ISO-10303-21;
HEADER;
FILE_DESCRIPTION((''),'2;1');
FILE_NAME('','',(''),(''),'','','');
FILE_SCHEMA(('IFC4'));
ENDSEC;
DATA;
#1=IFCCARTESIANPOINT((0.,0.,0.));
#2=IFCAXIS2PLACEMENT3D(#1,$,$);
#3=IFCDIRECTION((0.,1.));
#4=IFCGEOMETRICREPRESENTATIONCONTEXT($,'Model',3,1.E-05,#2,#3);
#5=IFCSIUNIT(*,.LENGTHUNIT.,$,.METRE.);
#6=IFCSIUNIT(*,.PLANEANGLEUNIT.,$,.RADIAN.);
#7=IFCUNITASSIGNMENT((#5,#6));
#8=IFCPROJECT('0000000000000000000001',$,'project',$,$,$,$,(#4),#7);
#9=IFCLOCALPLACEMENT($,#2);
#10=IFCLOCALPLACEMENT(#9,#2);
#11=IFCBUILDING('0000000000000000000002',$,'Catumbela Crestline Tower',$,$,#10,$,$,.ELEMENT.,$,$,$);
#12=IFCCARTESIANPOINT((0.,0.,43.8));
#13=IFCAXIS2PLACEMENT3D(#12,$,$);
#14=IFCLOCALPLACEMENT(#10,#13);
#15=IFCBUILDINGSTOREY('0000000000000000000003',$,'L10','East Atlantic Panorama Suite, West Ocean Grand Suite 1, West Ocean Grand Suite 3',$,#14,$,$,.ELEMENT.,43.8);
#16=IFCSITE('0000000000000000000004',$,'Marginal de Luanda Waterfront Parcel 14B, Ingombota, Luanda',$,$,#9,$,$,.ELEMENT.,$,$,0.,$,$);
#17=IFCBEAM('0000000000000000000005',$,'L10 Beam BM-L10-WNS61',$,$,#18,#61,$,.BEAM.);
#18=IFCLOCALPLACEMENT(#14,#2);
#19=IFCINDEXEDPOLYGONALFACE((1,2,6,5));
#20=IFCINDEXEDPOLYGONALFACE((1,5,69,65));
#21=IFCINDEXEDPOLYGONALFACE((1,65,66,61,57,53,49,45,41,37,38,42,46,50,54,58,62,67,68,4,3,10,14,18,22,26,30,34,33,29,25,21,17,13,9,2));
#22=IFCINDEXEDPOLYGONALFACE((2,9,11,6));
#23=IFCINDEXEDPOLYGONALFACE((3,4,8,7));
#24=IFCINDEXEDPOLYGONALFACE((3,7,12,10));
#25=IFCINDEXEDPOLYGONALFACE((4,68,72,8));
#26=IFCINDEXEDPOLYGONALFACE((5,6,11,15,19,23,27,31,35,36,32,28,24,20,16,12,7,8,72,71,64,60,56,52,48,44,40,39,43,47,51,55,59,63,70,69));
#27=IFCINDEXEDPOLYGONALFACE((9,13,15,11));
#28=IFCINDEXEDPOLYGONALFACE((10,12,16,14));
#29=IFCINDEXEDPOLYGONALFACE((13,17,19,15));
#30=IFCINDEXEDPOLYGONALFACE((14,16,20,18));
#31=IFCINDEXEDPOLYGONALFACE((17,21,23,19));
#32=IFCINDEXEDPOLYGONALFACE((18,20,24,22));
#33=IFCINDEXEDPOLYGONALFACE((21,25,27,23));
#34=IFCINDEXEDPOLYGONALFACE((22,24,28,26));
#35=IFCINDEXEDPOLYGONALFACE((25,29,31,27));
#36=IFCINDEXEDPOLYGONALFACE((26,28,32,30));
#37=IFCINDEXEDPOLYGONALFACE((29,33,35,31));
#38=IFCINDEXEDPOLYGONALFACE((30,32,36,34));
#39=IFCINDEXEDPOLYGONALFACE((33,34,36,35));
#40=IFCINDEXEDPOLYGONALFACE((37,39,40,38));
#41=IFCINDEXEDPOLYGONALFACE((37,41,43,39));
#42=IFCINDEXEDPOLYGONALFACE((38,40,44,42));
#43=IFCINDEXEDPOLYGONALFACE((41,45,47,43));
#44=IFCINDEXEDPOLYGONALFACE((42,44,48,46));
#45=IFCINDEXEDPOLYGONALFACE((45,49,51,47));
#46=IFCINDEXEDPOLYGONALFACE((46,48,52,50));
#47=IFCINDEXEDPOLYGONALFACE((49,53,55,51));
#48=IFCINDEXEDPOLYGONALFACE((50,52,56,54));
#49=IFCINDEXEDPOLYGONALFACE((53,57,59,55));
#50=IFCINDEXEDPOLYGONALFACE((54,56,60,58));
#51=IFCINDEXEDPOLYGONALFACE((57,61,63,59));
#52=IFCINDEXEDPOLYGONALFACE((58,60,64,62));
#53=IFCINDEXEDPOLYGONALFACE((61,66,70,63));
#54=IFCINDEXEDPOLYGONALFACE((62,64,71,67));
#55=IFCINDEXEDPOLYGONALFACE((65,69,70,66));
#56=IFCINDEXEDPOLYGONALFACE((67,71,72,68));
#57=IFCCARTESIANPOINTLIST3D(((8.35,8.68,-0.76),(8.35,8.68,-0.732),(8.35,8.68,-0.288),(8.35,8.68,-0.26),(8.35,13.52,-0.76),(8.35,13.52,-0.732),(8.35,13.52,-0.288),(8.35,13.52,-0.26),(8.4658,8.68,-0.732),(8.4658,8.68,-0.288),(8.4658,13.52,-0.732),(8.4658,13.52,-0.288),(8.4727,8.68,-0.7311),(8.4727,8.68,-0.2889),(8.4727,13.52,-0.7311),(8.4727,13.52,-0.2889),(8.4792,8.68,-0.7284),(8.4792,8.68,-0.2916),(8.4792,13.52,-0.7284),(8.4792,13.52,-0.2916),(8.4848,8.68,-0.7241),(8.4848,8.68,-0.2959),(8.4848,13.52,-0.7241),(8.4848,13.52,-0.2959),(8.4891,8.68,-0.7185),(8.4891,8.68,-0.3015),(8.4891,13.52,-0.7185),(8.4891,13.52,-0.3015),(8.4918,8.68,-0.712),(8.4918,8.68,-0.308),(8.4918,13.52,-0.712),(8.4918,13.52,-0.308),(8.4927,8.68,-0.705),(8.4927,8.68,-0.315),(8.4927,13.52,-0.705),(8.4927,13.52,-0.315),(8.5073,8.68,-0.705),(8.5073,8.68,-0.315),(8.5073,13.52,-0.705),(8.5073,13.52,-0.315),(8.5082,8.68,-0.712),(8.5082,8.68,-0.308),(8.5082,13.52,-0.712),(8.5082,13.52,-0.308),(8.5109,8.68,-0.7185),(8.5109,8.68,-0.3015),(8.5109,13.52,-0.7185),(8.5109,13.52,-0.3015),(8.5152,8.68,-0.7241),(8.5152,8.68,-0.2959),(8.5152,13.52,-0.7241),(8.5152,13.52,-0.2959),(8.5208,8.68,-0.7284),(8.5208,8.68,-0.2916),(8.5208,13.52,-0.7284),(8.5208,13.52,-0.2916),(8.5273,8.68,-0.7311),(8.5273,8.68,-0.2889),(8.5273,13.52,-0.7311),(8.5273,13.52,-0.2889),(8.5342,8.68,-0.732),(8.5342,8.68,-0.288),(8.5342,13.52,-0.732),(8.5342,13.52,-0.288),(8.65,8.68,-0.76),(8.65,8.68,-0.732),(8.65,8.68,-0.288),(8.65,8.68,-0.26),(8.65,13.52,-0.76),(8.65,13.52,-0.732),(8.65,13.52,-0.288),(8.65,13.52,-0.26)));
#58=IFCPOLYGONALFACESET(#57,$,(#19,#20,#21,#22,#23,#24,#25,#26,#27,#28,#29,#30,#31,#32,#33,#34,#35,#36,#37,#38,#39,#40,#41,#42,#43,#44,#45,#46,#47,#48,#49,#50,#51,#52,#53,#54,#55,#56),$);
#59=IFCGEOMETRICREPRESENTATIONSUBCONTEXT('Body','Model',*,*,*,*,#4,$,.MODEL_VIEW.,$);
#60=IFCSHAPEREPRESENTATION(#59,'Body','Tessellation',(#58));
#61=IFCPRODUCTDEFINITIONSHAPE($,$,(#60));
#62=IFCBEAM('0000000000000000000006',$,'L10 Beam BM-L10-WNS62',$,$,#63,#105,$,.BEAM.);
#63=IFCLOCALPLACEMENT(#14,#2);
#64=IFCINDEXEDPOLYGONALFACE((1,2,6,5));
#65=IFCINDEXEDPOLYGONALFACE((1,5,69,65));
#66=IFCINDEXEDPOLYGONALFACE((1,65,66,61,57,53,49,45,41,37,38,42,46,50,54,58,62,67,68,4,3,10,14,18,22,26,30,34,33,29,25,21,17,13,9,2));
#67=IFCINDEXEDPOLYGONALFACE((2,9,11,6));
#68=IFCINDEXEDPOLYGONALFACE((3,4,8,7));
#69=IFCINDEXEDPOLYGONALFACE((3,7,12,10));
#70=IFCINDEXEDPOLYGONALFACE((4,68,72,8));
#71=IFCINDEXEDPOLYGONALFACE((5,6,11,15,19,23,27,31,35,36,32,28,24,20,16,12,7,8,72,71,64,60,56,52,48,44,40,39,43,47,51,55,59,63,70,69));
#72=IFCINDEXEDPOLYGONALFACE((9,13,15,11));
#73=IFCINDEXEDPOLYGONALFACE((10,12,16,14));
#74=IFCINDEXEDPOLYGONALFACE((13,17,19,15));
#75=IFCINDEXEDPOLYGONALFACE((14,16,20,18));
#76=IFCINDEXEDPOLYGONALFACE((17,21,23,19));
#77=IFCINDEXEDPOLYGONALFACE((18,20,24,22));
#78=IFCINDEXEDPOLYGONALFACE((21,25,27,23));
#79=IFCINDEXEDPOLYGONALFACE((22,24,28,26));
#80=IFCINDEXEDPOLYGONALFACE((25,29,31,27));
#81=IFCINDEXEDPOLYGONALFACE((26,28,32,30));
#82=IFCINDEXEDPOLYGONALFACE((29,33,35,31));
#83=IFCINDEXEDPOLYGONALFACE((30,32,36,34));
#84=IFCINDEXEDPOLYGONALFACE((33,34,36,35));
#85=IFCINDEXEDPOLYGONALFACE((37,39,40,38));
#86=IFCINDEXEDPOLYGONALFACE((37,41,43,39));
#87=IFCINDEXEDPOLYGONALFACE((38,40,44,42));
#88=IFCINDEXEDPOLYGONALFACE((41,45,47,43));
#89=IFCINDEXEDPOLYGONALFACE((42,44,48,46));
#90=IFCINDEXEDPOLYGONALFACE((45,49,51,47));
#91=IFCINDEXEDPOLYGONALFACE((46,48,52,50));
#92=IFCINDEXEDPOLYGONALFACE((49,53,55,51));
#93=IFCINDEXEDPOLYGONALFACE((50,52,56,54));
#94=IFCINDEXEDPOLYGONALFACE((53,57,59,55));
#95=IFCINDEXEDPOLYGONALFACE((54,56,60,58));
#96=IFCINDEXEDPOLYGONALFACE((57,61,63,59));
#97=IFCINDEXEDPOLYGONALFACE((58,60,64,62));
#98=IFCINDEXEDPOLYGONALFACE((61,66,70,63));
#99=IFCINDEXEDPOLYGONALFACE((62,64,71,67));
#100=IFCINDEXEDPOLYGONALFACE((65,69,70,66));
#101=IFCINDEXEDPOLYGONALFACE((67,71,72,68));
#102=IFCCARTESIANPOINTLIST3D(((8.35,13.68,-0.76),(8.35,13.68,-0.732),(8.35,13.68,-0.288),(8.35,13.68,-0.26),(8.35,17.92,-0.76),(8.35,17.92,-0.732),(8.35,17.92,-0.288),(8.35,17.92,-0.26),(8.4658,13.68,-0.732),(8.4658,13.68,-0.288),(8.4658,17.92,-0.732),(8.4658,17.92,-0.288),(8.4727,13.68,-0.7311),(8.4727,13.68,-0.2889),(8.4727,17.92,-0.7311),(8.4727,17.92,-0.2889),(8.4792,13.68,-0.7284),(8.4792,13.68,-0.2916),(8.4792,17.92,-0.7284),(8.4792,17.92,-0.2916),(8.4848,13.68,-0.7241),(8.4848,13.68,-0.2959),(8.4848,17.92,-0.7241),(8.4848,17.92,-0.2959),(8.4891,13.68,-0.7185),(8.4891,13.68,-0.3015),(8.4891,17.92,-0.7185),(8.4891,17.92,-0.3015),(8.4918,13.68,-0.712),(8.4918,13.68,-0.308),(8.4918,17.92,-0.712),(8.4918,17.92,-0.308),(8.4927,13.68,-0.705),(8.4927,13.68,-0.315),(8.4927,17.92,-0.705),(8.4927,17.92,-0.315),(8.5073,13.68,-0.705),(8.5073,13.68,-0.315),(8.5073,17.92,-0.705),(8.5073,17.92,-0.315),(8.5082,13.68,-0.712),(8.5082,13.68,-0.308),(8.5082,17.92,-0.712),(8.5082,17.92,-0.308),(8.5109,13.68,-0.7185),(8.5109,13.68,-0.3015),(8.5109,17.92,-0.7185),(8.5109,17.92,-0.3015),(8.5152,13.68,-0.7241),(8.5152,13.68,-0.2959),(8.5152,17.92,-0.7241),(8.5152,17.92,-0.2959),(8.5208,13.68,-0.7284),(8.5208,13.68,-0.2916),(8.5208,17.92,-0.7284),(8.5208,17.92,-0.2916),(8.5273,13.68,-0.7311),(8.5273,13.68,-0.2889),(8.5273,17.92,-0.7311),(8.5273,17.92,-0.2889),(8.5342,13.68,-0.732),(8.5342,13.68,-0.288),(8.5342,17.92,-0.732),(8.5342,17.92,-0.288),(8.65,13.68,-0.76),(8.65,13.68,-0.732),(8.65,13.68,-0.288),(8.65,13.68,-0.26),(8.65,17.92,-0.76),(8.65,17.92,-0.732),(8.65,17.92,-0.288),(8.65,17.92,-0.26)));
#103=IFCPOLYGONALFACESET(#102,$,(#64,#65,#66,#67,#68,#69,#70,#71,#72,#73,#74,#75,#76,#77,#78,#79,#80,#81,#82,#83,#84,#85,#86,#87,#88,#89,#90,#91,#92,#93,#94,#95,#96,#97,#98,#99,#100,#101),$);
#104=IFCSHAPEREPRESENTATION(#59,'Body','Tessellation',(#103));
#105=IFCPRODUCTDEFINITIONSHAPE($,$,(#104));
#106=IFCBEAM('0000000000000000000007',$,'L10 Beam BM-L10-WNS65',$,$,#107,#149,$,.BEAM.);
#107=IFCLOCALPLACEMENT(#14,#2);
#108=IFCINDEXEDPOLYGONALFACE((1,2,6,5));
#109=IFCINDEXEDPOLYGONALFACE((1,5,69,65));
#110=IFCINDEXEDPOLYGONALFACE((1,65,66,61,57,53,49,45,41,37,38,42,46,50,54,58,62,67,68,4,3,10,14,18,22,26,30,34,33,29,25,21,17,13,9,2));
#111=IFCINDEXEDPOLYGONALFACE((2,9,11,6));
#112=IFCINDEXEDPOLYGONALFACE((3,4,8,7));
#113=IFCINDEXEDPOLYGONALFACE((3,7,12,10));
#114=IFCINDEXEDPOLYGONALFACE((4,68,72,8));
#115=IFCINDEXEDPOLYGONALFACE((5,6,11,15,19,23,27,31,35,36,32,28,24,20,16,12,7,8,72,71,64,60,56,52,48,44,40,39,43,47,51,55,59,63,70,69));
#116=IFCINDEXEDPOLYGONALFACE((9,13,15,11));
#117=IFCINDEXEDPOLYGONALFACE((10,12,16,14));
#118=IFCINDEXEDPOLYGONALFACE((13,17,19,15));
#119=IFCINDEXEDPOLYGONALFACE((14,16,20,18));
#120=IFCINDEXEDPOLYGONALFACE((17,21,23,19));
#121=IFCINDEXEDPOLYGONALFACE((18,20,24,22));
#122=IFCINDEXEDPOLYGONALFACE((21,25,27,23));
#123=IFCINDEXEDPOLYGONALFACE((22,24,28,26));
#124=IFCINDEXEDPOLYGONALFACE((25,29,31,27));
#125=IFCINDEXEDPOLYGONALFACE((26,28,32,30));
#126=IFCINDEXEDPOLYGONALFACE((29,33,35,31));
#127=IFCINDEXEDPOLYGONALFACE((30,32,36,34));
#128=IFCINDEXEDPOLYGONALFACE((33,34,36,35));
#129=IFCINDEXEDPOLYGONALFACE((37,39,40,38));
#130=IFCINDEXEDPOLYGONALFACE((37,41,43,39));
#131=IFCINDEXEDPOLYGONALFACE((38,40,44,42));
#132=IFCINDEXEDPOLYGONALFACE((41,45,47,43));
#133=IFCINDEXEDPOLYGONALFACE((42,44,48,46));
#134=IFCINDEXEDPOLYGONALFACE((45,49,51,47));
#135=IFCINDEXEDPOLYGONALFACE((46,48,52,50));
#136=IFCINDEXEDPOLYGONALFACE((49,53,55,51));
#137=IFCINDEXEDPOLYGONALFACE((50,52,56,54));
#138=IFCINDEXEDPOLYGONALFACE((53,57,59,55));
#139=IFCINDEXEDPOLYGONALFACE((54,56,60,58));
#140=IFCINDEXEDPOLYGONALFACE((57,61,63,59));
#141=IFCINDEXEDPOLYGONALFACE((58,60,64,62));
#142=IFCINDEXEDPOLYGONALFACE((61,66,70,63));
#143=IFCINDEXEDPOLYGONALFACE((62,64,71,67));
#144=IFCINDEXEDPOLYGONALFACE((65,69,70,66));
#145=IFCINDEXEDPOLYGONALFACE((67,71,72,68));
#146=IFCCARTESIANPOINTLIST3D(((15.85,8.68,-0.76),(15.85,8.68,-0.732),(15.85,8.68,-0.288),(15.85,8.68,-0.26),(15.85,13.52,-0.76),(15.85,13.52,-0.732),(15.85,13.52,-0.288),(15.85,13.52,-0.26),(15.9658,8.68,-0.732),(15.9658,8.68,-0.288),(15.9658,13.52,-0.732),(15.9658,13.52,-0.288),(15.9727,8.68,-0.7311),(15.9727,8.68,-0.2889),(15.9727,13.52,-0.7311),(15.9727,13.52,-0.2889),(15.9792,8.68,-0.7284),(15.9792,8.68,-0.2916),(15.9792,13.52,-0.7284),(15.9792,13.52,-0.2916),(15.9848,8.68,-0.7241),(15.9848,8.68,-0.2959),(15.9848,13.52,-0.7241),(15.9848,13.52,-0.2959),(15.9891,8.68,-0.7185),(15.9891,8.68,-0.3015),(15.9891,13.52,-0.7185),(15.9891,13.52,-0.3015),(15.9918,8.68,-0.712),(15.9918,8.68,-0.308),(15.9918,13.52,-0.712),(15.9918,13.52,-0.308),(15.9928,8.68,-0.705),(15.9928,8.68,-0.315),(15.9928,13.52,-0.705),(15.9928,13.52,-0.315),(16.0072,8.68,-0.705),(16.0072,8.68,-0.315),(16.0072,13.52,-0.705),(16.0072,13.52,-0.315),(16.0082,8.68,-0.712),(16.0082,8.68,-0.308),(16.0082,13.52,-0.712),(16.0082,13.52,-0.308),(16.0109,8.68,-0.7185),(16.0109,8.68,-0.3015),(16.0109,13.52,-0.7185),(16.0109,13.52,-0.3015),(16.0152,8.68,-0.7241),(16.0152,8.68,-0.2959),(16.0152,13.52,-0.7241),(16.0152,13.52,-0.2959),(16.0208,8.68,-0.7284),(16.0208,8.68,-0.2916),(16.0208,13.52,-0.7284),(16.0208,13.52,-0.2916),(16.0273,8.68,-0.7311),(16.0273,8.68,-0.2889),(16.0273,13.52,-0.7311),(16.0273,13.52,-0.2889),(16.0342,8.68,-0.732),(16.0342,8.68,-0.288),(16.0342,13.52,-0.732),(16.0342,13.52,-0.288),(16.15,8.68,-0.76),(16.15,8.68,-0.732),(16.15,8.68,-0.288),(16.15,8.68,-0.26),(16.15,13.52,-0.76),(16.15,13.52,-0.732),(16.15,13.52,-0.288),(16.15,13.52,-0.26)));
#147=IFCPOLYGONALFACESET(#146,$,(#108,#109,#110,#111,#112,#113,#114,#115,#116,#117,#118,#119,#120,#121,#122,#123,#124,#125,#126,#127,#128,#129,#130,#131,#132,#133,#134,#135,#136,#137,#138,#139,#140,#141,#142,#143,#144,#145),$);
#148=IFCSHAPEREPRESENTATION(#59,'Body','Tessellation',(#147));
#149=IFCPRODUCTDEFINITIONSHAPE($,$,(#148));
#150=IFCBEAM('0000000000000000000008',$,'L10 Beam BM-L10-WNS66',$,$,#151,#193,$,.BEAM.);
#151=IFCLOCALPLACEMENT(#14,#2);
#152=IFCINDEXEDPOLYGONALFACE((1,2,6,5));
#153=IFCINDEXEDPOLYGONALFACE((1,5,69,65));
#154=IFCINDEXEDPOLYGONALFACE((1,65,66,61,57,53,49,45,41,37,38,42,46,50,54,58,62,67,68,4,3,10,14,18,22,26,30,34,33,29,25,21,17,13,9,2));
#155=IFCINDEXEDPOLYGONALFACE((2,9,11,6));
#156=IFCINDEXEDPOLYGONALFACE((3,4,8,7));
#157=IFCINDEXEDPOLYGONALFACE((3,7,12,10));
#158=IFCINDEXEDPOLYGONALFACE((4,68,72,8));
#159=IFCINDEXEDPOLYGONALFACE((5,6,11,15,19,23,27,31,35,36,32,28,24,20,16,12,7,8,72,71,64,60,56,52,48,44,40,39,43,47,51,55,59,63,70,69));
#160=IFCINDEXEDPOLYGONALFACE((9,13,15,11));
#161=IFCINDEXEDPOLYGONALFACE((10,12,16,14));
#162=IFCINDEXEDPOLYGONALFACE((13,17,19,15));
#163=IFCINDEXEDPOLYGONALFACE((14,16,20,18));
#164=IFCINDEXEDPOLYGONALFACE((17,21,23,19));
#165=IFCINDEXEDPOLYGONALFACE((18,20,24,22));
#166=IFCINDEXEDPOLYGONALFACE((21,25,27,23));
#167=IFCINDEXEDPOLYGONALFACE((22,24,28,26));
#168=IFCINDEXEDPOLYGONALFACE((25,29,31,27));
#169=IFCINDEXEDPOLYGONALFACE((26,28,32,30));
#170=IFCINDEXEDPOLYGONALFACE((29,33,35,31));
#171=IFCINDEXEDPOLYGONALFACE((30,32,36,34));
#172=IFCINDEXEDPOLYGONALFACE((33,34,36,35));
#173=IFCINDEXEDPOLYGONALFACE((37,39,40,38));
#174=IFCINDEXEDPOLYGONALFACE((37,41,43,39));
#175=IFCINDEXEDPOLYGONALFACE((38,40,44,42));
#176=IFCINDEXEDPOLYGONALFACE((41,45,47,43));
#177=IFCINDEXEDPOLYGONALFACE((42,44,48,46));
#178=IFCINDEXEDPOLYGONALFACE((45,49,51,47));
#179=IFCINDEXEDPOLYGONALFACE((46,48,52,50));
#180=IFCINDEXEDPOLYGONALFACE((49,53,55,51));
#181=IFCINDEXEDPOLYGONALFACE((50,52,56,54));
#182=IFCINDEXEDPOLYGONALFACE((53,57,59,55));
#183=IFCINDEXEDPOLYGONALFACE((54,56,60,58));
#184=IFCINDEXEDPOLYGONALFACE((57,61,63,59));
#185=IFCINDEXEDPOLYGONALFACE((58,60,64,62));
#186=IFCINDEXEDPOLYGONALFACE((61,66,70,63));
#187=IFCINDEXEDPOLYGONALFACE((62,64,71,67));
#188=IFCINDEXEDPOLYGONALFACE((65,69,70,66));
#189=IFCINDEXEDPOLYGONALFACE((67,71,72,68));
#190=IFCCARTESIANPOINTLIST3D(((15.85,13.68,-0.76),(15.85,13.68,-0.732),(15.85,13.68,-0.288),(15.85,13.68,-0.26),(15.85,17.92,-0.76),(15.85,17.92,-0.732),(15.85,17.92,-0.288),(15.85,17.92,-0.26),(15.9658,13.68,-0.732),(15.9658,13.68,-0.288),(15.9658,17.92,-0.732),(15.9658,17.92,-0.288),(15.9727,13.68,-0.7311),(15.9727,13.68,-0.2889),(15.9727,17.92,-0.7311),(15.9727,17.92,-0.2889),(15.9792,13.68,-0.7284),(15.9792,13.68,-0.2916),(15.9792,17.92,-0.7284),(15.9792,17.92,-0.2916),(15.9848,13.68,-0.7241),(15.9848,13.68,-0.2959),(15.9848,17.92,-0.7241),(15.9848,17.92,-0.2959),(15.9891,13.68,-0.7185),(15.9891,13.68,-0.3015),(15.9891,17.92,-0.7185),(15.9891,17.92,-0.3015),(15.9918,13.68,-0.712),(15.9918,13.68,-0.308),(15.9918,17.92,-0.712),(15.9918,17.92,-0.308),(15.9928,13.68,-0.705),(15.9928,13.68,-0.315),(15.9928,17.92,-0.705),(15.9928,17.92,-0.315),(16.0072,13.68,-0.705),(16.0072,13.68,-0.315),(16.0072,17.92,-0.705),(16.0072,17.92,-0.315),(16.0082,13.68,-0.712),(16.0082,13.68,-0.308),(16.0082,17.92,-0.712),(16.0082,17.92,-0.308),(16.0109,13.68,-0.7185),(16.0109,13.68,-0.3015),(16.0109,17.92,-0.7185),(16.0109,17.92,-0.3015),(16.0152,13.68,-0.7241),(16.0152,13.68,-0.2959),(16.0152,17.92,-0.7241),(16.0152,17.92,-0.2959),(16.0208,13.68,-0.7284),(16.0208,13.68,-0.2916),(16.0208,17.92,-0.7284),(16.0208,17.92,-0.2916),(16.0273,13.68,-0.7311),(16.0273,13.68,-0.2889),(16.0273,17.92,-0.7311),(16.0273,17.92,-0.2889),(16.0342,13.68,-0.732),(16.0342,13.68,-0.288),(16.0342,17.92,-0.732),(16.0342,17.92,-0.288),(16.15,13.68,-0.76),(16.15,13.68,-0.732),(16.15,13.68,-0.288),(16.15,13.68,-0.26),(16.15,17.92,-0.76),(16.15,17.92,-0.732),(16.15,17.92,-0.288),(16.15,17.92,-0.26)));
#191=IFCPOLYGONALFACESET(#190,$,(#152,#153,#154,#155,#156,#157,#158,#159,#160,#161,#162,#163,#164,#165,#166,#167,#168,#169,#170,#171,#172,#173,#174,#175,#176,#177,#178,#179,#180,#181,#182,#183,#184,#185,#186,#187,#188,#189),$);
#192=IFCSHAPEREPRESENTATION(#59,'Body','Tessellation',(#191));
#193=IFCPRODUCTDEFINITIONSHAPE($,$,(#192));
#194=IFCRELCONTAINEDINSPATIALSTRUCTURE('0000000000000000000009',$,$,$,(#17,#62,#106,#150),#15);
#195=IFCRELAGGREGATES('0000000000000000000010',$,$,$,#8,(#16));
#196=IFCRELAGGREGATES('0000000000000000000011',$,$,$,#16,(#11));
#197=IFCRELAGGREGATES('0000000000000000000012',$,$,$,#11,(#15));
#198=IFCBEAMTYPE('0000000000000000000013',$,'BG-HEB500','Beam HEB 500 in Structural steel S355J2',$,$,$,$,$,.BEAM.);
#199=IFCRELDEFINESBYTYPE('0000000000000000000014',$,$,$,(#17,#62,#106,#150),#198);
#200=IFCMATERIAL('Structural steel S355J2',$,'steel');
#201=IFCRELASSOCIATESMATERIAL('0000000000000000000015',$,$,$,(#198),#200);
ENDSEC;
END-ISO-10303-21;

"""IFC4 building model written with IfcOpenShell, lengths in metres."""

from ifc_helpers import new_model, si_unit, direction, frame, origin, origin_2d, place, context, subcontext, project, spatial, i_section, extrude, material, material_profile, profile_set, type_object, element, save


model = new_model("IFC4")

# Units and contexts
model_context = context("Model", 3, precision=1e-05, world=origin(), true_north=direction((0.0, 1.0)))
body_context = subcontext(model_context, "Body", "Model", "MODEL_VIEW")
ifc_project = project(units=[si_unit("LENGTHUNIT", "METRE"), si_unit("PLANEANGLEUNIT", "RADIAN")], contexts=[model_context])

# Site, building, storey
site_placement = place(None, origin())
site = spatial("IfcSite", under=ifc_project, at=site_placement, Name="Marginal de Luanda Waterfront Parcel 14B, Ingombota, Luanda", CompositionType="ELEMENT", RefElevation=0.0)
building_placement = place(site_placement, origin())
building = spatial("IfcBuilding", under=site, at=building_placement, Name="Catumbela Crestline Tower", CompositionType="ELEMENT")
storey_placement = place(building_placement, frame((0.0, 0.0, 43.8)))
storey = spatial("IfcBuildingStorey", under=building, at=storey_placement, Name="L10", Description="East Atlantic Panorama Suite, West Ocean Grand Suite 1, West Ocean Grand Suite 3", CompositionType="ELEMENT", Elevation=43.8)

# Beams
ifc_material_1 = material(Name="Structural steel S355J2", Category="steel")
ifc_material_profile_1 = material_profile(ifc_material_1, i_section(OverallWidth=0.3, OverallDepth=0.5, WebThickness=0.0145, FlangeThickness=0.028, FilletRadius=0.027, at=origin_2d()), Name="HEB 500")
ifc_profile_set_1 = profile_set([ifc_material_profile_1], Name="Structural steel S355J2")
beam_type_1 = type_object("IfcBeamType", Name="BG-HEB500", Description="Beam HEB 500 in Structural steel S355J2", PredefinedType="BEAM", material=ifc_profile_set_1)
beam_1_placement = place(storey_placement, frame((8.5, 8.68, -0.51), z_axis=(0.0, 1.0, 0.0), x_axis=(-1.0, 0.0, 0.0)))
element("IfcBeam", 1, at=beam_1_placement, inside=storey, type_object=beam_type_1, Name="L10 Beam BM-L10-WNS61", PredefinedType="BEAM", context=body_context, shape_type="SweptSolid", body=[
    extrude(i_section(OverallWidth=0.3, OverallDepth=0.5, WebThickness=0.0145, FlangeThickness=0.028, FilletRadius=0.027, at=origin_2d()), origin(), (0.0, 0.0, 1.0), 4.84),
])
beam_2_placement = place(storey_placement, frame((8.5, 13.68, -0.51), z_axis=(0.0, 1.0, 0.0), x_axis=(-1.0, 0.0, 0.0)))
element("IfcBeam", 2, at=beam_2_placement, inside=storey, type_object=beam_type_1, Name="L10 Beam BM-L10-WNS62", PredefinedType="BEAM", context=body_context, shape_type="SweptSolid", body=[
    extrude(i_section(OverallWidth=0.3, OverallDepth=0.5, WebThickness=0.0145, FlangeThickness=0.028, FilletRadius=0.027, at=origin_2d()), origin(), (0.0, 0.0, 1.0), 4.24),
])
beam_3_placement = place(storey_placement, frame((16.0, 8.68, -0.51), z_axis=(0.0, 1.0, 0.0), x_axis=(-1.0, 0.0, 0.0)))
element("IfcBeam", 3, at=beam_3_placement, inside=storey, type_object=beam_type_1, Name="L10 Beam BM-L10-WNS65", PredefinedType="BEAM", context=body_context, shape_type="SweptSolid", body=[
    extrude(i_section(OverallWidth=0.3, OverallDepth=0.5, WebThickness=0.0145, FlangeThickness=0.028, FilletRadius=0.027, at=origin_2d()), origin(), (0.0, 0.0, 1.0), 4.84),
])
beam_4_placement = place(storey_placement, frame((16.0, 13.68, -0.51), z_axis=(0.0, 1.0, 0.0), x_axis=(-1.0, 0.0, 0.0)))
element("IfcBeam", 4, at=beam_4_placement, inside=storey, type_object=beam_type_1, Name="L10 Beam BM-L10-WNS66", PredefinedType="BEAM", context=body_context, shape_type="SweptSolid", body=[
    extrude(i_section(OverallWidth=0.3, OverallDepth=0.5, WebThickness=0.0145, FlangeThickness=0.028, FilletRadius=0.027, at=origin_2d()), origin(), (0.0, 0.0, 1.0), 4.24),
])

save(model, "model.ifc")
